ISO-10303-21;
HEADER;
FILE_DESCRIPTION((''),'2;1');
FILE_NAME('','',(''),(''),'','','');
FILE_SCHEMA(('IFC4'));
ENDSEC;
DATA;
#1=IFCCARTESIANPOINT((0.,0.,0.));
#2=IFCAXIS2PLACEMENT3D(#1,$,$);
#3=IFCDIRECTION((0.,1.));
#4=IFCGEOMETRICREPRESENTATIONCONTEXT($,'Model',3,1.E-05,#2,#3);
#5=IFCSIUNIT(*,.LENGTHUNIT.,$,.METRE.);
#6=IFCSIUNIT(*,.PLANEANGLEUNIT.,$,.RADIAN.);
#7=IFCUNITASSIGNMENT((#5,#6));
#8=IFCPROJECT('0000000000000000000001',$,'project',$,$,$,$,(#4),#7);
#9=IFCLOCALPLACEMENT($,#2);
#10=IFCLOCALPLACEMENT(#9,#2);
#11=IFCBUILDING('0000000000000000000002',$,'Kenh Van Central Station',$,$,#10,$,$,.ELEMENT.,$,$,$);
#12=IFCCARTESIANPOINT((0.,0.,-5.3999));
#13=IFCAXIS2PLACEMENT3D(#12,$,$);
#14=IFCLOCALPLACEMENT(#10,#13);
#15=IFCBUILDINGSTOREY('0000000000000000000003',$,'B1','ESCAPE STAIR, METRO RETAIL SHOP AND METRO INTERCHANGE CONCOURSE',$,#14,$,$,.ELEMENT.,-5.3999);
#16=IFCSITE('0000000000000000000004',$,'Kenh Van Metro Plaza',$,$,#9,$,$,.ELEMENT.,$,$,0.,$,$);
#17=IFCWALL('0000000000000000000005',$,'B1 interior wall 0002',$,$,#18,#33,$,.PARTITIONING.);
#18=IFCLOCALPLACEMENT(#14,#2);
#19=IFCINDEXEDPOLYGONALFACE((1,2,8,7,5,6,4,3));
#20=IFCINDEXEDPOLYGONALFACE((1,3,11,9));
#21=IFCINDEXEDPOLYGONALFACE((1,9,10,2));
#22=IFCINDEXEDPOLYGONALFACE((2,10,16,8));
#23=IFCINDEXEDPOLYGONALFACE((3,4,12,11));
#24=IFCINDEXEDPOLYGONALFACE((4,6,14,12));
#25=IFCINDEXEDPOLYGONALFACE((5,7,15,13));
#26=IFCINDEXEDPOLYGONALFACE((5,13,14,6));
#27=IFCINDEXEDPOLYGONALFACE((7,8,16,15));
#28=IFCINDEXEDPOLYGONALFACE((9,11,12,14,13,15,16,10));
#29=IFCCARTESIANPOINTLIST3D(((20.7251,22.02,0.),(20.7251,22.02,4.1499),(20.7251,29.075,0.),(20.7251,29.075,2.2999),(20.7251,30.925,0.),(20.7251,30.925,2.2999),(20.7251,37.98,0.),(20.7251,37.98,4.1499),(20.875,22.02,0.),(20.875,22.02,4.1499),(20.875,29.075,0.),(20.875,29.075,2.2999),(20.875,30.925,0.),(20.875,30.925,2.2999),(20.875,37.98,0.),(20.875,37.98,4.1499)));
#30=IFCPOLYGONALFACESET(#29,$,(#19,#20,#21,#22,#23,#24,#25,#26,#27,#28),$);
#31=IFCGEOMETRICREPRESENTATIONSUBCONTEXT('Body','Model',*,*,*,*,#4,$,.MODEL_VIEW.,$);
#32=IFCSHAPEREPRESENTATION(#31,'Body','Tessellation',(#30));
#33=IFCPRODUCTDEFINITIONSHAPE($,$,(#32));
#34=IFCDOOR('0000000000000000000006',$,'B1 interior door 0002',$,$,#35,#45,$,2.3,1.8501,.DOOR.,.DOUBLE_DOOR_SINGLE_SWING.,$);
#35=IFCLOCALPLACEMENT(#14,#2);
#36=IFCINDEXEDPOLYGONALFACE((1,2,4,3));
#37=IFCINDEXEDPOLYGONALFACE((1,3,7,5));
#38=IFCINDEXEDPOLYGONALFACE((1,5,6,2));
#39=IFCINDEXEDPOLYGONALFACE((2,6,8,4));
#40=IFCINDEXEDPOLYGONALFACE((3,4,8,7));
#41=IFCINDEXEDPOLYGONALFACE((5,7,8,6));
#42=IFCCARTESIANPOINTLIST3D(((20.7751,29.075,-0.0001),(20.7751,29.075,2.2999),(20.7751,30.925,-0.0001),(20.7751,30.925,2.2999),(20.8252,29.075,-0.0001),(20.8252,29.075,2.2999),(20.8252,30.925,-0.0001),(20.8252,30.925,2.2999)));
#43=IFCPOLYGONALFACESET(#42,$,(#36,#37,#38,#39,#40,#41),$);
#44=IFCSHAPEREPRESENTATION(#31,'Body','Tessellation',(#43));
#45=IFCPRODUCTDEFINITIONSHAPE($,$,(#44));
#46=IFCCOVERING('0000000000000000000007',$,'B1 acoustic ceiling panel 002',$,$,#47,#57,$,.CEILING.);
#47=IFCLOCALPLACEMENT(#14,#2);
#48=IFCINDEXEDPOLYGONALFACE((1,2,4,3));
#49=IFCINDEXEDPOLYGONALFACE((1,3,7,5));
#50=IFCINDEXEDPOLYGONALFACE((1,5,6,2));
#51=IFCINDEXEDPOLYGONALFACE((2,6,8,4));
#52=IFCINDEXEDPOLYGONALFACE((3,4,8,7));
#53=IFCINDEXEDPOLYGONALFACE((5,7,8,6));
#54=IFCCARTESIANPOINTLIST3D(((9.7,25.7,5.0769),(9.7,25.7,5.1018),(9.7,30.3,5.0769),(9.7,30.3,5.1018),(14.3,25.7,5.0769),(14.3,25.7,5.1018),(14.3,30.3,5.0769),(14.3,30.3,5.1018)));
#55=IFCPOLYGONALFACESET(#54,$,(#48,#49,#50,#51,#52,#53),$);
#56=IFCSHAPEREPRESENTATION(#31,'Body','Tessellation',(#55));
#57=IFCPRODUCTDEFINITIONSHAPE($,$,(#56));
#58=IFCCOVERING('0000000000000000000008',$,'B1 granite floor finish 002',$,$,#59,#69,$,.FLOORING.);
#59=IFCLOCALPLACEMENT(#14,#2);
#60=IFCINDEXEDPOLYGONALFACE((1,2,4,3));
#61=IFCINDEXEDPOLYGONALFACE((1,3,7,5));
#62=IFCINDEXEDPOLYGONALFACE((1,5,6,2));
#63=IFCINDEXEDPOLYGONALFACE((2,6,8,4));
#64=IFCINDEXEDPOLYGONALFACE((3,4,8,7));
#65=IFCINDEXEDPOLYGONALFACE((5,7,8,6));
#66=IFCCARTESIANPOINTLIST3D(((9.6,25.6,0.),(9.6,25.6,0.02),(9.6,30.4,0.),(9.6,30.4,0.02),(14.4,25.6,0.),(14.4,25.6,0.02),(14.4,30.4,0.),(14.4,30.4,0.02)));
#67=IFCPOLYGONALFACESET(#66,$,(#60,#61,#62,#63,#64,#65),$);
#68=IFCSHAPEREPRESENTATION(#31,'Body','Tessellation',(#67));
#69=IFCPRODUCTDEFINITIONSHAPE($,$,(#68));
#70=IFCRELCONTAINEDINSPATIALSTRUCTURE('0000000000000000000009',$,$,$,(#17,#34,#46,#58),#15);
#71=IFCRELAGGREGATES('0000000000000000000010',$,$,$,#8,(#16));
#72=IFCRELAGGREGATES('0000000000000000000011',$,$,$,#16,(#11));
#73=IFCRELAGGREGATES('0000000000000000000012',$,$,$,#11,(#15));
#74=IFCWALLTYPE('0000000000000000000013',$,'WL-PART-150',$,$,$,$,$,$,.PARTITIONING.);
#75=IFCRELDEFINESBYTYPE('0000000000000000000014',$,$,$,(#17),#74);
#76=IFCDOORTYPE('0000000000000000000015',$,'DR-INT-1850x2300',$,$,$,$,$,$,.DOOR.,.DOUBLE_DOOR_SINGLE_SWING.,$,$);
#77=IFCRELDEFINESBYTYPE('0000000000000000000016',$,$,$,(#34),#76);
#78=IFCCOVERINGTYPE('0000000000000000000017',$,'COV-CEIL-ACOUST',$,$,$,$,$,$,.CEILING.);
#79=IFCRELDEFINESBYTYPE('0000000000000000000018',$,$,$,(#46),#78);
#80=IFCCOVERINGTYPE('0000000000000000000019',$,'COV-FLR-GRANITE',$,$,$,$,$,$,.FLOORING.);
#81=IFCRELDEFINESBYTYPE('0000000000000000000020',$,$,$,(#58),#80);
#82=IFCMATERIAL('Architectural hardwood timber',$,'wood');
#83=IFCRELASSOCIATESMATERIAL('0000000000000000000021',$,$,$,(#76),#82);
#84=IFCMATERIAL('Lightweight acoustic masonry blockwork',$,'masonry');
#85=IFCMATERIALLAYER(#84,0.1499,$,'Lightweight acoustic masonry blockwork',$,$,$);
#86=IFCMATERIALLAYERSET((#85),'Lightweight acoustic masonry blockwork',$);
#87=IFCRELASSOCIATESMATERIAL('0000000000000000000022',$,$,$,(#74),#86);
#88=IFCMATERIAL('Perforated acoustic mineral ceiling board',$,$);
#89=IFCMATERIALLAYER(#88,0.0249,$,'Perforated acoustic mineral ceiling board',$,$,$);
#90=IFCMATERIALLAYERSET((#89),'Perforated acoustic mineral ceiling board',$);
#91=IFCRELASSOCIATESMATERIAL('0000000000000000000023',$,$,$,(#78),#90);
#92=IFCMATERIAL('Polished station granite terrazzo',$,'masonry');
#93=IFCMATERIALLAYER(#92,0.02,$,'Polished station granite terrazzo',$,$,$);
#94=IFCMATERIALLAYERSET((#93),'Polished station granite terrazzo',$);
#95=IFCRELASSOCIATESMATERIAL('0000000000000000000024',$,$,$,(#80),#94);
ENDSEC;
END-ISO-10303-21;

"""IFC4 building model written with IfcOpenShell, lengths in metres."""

from ifc_helpers import new_model, si_unit, direction, frame, frame_2d, origin, origin_2d, place, context, subcontext, project, spatial, rectangle, extrude, material, layer, layer_set, type_object, element, fill, save


model = new_model("IFC4")

# Units and contexts
model_context = context("Model", 3, precision=1e-05, world=origin(), true_north=direction((0.0, 1.0)))
body_context = subcontext(model_context, "Body", "Model", "MODEL_VIEW")
ifc_project = project(units=[si_unit("LENGTHUNIT", "METRE"), si_unit("PLANEANGLEUNIT", "RADIAN")], contexts=[model_context])

# Site, building, storey
site_placement = place(None, origin())
site = spatial("IfcSite", under=ifc_project, at=site_placement, Name="Kenh Van Metro Plaza", CompositionType="ELEMENT", RefElevation=0.0)
building_placement = place(site_placement, origin())
building = spatial("IfcBuilding", under=site, at=building_placement, Name="Kenh Van Central Station", CompositionType="ELEMENT")
storey_placement = place(building_placement, frame((0.0, 0.0, -5.3999)))
storey = spatial("IfcBuildingStorey", under=building, at=storey_placement, Name="B1", Description="ESCAPE STAIR, METRO RETAIL SHOP AND METRO INTERCHANGE CONCOURSE", CompositionType="ELEMENT", Elevation=-5.3999)

# Wall, opening, door
ifc_material_1 = material(Name="Lightweight acoustic masonry blockwork", Category="masonry")
ifc_material_2 = material(Name="Architectural hardwood timber", Category="wood")
door_type = type_object("IfcDoorType", Name="DR-INT-1850x2300", OperationType="DOUBLE_DOOR_SINGLE_SWING", PredefinedType="DOOR", material=ifc_material_2)
ifc_layer_1 = layer(ifc_material_1, 0.1499, Name="Lightweight acoustic masonry blockwork")
ifc_layer_set_1 = layer_set([ifc_layer_1], Name="Lightweight acoustic masonry blockwork")
wall_type_1 = type_object("IfcWallType", Name="WL-PART-150", PredefinedType="PARTITIONING", material=ifc_layer_set_1)
wall_1_placement = place(storey_placement, frame((20.8, 22.02, 0.0), z_axis=(0.0, 0.0, 1.0), x_axis=(0.0, 1.0, 0.0)))
wall_1 = element("IfcWall", 1, at=wall_1_placement, inside=storey, type_object=wall_type_1, Name="B1 interior wall 0002", PredefinedType="PARTITIONING", context=body_context, shape_type="SweptSolid", body=[
    extrude(rectangle(XDim=15.96, YDim=0.1499, at=frame_2d((7.98, 0.0))), origin(), (0.0, 0.0, 1.0), 4.1499),
])
opening_1_placement = place(wall_1_placement, frame((7.0549, 0.0, 0.0)))
opening_1 = element("IfcOpeningElement", 2, at=opening_1_placement, cuts=wall_1, PredefinedType="OPENING", context=body_context, shape_type="SweptSolid", body=[
    extrude(rectangle(XDim=1.8501, YDim=2.3, at=frame_2d((0.925, 1.1499))), frame((0.0, 0.085, 0.0), z_axis=(0.0, -1.0, 0.0), x_axis=(1.0, 0.0, 0.0)), (0.0, 0.0, 1.0), 0.1699),
])
door_1_placement = place(opening_1_placement, origin())
door_1 = element("IfcDoor", 3, at=door_1_placement, inside=storey, type_object=door_type, Name="B1 interior door 0002", OperationType="DOUBLE_DOOR_SINGLE_SWING", OverallHeight=2.3, OverallWidth=1.8501, PredefinedType="DOOR", context=body_context, shape_type="SweptSolid", body=[
    extrude(rectangle(XDim=1.8501, YDim=2.3, at=frame_2d((0.925, 1.1499))), frame((0.0, 0.0249, 0.0), z_axis=(0.0, -1.0, 0.0), x_axis=(1.0, 0.0, 0.0)), (0.0, 0.0, 1.0), 0.05),
])
fill(opening_1, door_1)

# Coverings
ifc_material_3 = material(Name="Perforated acoustic mineral ceiling board")
ifc_layer_2 = layer(ifc_material_3, 0.0249, Name="Perforated acoustic mineral ceiling board")
ifc_layer_set_2 = layer_set([ifc_layer_2], Name="Perforated acoustic mineral ceiling board")
covering_type_1 = type_object("IfcCoveringType", Name="COV-CEIL-ACOUST", PredefinedType="CEILING", material=ifc_layer_set_2)
covering_1_placement = place(storey_placement, frame((12.0, 28.0, 5.0769), z_axis=(0.0, 0.0, 1.0), x_axis=(1.0, 0.0, 0.0)))
element("IfcCovering", 4, at=covering_1_placement, inside=storey, type_object=covering_type_1, Name="B1 acoustic ceiling panel 002", PredefinedType="CEILING", context=body_context, shape_type="SweptSolid", body=[
    extrude(rectangle(XDim=4.6001, YDim=4.6001, at=origin_2d()), origin(), (0.0, 0.0, 1.0), 0.0249),
])
ifc_material_4 = material(Name="Polished station granite terrazzo", Category="masonry")
ifc_layer_3 = layer(ifc_material_4, 0.02, Name="Polished station granite terrazzo")
ifc_layer_set_3 = layer_set([ifc_layer_3], Name="Polished station granite terrazzo")
covering_type_2 = type_object("IfcCoveringType", Name="COV-FLR-GRANITE", PredefinedType="FLOORING", material=ifc_layer_set_3)
covering_2_placement = place(storey_placement, frame((12.0, 28.0, 0.0), z_axis=(0.0, 0.0, 1.0), x_axis=(1.0, 0.0, 0.0)))
element("IfcCovering", 5, at=covering_2_placement, inside=storey, type_object=covering_type_2, Name="B1 granite floor finish 002", PredefinedType="FLOORING", context=body_context, shape_type="SweptSolid", body=[
    extrude(rectangle(XDim=4.8, YDim=4.8, at=origin_2d()), origin(), (0.0, 0.0, 1.0), 0.02),
])

save(model, "model.ifc")
